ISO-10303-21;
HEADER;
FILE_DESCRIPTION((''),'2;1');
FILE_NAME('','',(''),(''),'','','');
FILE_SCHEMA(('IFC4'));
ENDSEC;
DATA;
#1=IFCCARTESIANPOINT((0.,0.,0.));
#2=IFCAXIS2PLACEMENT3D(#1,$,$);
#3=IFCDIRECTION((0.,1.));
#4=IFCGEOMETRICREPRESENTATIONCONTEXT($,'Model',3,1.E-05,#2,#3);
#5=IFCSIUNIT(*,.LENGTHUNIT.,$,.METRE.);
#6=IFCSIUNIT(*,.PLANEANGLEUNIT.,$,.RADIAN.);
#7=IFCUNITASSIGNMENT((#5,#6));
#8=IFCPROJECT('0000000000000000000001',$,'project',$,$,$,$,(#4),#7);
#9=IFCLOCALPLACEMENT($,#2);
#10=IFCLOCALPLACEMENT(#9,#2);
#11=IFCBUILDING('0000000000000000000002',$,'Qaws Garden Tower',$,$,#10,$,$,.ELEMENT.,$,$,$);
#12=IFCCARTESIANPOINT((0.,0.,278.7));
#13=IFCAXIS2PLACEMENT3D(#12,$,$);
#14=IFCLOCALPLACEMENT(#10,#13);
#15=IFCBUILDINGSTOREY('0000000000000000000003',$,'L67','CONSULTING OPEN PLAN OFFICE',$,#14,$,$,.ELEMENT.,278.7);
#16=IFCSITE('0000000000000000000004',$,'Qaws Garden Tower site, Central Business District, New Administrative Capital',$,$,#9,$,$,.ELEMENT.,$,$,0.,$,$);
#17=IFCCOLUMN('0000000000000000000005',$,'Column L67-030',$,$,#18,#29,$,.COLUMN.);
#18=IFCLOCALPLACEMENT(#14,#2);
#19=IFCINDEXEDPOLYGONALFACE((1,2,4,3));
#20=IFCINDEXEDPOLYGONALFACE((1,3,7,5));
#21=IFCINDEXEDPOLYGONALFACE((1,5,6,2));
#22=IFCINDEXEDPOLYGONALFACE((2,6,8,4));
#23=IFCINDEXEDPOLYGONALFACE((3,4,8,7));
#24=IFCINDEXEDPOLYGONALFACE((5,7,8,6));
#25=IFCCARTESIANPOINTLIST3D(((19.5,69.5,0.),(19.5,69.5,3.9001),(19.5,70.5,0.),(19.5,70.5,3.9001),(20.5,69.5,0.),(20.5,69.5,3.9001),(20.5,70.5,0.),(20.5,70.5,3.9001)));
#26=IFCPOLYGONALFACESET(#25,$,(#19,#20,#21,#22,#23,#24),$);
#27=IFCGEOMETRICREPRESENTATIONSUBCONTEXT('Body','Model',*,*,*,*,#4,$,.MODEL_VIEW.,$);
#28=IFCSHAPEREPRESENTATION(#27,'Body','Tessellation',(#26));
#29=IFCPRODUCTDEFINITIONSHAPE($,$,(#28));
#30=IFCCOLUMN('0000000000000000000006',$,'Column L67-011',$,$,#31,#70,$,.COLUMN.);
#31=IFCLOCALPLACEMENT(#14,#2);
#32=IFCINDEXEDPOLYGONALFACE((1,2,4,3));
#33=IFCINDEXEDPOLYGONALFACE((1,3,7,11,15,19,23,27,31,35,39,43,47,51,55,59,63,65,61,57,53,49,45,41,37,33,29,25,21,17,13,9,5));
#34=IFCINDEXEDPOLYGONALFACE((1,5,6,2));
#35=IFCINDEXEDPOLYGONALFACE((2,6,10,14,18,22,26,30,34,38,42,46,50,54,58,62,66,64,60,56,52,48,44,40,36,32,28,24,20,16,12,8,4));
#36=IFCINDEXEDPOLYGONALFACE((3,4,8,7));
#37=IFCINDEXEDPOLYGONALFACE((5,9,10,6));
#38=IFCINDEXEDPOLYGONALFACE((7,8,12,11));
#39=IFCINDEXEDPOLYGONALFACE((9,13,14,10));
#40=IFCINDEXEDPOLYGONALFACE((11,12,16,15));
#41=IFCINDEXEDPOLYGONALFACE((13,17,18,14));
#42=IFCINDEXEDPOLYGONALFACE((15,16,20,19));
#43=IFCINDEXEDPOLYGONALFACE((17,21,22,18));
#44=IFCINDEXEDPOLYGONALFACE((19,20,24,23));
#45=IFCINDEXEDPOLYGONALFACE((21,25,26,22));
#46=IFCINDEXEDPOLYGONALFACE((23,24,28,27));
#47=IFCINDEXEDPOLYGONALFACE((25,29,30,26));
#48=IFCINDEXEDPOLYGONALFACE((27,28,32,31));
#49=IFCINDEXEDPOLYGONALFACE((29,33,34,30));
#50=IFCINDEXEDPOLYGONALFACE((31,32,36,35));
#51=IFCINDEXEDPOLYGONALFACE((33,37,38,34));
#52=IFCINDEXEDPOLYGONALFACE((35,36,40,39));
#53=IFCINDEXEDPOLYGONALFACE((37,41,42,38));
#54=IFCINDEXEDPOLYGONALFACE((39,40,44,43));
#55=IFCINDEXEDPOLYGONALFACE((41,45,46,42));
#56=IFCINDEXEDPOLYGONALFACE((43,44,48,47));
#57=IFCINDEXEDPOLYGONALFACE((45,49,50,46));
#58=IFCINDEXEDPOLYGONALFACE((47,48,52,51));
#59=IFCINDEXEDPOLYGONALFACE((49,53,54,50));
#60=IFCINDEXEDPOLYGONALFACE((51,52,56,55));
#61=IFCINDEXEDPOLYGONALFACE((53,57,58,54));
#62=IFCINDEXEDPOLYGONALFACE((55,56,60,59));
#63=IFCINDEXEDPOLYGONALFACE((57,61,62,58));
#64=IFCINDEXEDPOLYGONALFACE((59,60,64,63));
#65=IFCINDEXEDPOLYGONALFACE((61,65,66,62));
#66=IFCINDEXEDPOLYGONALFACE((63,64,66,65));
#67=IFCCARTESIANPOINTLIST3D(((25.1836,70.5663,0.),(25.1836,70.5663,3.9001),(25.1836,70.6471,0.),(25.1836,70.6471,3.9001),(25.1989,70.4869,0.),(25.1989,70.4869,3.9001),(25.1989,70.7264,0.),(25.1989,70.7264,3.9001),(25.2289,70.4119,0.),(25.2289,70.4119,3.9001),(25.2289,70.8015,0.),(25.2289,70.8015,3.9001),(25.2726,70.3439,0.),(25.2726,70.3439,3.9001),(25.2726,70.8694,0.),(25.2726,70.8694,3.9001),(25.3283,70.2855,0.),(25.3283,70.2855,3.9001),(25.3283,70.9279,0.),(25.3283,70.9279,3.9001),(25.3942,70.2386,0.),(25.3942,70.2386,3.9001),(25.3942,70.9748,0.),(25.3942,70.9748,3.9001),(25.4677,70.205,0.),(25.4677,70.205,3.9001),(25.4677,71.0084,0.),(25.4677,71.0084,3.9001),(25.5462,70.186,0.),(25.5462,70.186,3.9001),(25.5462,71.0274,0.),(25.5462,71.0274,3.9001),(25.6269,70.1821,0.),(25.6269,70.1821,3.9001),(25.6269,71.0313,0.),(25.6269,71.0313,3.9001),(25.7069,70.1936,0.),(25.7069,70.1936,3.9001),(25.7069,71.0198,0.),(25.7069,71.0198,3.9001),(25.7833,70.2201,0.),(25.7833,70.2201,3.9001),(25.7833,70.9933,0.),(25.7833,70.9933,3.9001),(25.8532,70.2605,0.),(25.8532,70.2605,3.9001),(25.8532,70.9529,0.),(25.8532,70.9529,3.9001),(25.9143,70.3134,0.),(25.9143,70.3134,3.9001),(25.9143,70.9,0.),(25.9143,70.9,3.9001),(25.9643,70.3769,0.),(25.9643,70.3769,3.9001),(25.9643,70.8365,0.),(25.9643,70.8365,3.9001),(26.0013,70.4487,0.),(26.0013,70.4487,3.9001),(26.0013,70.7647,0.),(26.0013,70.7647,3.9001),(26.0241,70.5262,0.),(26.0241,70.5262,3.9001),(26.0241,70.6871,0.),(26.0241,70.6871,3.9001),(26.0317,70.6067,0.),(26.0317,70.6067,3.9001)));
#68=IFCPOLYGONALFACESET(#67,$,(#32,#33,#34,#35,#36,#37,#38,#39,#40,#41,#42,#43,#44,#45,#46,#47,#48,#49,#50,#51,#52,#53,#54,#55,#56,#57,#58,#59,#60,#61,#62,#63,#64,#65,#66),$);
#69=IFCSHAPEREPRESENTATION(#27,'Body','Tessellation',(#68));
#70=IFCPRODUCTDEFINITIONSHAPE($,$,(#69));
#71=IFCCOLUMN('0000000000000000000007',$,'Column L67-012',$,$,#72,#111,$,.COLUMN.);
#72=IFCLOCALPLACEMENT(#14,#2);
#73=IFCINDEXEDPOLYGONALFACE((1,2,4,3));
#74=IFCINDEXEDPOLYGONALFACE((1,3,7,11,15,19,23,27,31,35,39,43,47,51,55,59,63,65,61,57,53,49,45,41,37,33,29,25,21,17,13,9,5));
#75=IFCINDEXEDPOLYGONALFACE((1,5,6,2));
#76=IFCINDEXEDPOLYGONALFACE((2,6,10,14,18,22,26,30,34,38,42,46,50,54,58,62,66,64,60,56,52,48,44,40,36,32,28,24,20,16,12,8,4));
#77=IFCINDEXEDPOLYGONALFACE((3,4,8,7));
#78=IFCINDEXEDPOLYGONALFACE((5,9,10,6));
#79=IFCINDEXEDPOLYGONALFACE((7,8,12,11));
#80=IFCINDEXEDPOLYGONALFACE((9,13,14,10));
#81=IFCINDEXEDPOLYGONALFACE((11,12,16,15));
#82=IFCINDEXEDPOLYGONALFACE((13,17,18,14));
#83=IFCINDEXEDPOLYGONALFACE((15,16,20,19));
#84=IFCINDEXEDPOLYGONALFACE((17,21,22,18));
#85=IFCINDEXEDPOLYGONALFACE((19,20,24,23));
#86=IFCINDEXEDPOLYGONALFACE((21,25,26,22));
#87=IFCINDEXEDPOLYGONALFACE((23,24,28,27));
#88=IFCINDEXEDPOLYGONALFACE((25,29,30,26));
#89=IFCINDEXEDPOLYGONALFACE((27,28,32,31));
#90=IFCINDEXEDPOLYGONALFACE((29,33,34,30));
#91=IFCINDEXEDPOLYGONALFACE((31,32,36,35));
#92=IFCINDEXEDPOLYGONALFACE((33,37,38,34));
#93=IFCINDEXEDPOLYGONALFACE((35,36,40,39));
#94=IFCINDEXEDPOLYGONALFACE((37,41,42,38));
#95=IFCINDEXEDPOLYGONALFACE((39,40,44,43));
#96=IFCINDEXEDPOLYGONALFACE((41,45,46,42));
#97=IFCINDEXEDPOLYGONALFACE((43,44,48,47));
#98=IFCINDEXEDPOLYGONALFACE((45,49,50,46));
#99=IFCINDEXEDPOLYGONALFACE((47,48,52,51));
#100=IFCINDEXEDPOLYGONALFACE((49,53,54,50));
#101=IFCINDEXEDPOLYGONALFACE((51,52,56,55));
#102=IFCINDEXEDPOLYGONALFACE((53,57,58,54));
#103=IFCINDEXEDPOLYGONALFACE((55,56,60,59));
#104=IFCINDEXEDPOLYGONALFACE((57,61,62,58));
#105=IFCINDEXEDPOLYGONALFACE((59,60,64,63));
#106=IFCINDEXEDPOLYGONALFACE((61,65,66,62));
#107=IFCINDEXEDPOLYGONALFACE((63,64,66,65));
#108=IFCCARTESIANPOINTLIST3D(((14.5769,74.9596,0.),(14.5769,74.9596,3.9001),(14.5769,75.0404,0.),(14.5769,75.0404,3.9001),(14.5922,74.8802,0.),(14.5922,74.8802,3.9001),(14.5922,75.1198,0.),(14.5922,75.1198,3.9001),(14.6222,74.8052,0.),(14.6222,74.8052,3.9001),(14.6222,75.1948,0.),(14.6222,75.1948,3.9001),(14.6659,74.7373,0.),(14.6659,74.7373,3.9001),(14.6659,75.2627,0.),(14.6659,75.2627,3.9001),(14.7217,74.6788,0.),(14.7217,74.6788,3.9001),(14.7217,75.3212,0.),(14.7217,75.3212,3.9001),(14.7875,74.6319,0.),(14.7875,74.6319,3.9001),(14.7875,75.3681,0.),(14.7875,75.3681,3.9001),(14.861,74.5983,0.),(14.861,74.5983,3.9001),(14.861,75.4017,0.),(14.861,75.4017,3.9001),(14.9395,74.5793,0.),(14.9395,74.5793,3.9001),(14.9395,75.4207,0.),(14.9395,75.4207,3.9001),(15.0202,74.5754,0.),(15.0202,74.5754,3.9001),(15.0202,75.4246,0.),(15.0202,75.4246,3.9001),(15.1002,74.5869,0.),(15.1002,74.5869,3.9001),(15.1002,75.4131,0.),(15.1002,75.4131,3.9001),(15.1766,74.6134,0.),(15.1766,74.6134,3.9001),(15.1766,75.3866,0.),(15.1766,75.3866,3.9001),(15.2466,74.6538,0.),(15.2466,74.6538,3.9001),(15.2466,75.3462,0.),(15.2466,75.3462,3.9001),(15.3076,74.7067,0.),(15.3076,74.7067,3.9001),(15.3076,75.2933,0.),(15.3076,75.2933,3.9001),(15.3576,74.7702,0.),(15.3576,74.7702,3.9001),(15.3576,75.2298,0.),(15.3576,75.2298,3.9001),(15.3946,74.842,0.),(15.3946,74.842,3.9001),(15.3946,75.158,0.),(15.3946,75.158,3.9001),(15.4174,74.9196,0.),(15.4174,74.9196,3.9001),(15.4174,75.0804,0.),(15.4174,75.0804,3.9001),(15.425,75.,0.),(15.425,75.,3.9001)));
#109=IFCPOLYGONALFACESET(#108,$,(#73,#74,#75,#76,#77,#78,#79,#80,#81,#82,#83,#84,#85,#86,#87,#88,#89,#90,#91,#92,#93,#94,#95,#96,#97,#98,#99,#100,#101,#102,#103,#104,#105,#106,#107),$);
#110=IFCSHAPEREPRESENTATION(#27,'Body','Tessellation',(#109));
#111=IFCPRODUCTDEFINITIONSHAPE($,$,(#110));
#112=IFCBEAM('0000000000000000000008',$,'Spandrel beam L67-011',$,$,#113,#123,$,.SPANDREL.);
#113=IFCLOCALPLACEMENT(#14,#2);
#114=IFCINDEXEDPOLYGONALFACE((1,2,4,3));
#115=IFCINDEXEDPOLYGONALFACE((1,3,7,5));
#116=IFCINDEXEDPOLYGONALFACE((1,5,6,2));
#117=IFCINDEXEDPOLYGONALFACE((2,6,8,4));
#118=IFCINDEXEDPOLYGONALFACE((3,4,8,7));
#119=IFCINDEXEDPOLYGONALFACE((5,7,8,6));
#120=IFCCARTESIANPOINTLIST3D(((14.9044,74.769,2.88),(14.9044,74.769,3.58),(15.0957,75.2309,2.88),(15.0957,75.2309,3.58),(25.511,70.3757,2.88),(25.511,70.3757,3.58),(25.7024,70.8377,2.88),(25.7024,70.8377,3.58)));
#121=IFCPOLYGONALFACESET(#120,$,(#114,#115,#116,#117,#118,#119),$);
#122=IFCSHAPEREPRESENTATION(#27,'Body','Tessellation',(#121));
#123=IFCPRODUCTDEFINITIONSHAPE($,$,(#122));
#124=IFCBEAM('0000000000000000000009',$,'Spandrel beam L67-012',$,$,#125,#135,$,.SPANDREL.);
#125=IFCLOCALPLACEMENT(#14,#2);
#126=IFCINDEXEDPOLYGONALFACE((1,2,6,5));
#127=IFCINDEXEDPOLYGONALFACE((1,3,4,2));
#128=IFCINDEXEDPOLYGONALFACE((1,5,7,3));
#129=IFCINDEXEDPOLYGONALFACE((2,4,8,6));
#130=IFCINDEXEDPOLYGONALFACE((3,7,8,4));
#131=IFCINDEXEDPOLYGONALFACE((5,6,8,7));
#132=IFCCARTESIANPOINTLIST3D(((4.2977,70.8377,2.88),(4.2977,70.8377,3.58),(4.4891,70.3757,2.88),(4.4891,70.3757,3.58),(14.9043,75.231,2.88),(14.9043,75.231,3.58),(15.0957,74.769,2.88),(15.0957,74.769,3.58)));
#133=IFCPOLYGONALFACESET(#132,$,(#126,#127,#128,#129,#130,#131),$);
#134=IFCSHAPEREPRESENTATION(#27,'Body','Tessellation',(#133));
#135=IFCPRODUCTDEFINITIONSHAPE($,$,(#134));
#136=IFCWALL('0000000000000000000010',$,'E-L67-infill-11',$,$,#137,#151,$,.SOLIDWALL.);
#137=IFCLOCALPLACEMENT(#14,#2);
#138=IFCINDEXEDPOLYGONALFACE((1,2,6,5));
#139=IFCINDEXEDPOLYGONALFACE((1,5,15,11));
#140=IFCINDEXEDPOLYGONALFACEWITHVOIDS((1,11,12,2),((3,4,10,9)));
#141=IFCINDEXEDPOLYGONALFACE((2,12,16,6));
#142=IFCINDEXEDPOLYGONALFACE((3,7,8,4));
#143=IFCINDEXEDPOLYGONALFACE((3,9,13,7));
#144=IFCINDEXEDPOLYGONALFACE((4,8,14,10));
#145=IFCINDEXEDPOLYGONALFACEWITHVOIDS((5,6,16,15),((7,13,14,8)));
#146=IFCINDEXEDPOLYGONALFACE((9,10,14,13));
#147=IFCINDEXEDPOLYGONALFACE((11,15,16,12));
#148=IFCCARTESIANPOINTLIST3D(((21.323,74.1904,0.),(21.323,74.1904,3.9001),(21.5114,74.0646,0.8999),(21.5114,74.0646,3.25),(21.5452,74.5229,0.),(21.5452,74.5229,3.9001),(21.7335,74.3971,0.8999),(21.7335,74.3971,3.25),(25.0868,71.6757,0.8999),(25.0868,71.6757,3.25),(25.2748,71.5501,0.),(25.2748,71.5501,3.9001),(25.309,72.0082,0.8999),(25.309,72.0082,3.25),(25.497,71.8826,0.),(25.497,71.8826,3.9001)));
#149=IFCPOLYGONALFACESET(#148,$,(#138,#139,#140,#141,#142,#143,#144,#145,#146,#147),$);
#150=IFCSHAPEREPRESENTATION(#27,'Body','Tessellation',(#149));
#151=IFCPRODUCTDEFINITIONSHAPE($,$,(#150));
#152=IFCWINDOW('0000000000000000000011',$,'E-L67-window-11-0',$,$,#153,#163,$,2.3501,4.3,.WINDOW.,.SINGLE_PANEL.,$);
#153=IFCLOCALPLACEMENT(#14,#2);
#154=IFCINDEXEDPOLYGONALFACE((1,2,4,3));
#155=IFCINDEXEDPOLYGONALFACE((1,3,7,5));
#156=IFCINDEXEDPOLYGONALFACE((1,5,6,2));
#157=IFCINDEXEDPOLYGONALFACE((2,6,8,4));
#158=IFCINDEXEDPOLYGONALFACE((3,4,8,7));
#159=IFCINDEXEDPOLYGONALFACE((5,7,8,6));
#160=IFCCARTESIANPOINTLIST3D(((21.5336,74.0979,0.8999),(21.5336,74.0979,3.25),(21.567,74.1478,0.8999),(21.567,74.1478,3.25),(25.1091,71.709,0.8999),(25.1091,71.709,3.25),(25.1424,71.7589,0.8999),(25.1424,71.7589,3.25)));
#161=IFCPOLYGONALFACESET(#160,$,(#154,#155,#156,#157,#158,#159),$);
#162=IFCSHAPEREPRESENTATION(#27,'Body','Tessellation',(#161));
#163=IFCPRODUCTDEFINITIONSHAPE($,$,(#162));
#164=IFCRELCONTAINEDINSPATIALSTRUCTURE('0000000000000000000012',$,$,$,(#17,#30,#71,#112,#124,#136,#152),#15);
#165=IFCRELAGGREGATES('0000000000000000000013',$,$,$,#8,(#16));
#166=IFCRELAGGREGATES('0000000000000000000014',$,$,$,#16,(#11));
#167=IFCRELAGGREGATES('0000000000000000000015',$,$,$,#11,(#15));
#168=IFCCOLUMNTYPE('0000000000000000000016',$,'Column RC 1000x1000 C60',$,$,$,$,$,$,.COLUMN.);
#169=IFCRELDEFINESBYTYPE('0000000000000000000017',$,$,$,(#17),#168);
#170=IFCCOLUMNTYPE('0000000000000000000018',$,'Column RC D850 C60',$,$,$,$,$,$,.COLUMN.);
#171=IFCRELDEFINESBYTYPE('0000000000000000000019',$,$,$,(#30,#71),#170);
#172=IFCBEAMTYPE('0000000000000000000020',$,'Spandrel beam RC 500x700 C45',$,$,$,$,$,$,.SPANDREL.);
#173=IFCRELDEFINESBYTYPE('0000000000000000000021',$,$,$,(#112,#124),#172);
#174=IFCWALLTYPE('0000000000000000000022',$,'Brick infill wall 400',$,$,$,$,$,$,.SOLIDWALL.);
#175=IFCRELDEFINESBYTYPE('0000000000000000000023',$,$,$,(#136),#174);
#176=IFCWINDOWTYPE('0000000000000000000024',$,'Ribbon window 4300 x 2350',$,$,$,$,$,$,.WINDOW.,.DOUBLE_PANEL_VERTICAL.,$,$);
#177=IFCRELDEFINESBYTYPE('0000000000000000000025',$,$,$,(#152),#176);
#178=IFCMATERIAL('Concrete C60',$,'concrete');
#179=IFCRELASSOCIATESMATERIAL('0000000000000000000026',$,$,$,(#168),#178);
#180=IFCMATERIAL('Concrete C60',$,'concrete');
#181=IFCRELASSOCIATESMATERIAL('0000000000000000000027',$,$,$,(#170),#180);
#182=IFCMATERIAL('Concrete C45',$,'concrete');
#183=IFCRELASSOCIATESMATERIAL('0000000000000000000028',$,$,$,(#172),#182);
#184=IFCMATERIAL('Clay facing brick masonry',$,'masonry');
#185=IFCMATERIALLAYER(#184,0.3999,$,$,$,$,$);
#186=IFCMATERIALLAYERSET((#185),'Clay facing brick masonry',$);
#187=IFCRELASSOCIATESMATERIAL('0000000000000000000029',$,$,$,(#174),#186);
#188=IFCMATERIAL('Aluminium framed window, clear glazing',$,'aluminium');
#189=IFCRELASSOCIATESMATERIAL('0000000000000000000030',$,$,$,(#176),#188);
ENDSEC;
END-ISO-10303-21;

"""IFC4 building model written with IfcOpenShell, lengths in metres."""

from ifc_helpers import new_model, si_unit, direction, frame, frame_2d, origin, origin_2d, place, context, subcontext, project, spatial, rectangle, circle, extrude, material, layer, layer_set, material_profile, profile_set, type_object, element, fill, save


model = new_model("IFC4")

# Units and contexts
model_context = context("Model", 3, precision=1e-05, world=origin(), true_north=direction((0.0, 1.0)))
body_context = subcontext(model_context, "Body", "Model", "MODEL_VIEW")
ifc_project = project(units=[si_unit("LENGTHUNIT", "METRE"), si_unit("PLANEANGLEUNIT", "RADIAN")], contexts=[model_context])

# Site, building, storey
site_placement = place(None, origin())
site = spatial("IfcSite", under=ifc_project, at=site_placement, Name="Qaws Garden Tower site, Central Business District, New Administrative Capital", CompositionType="ELEMENT", RefElevation=0.0)
building_placement = place(site_placement, origin())
building = spatial("IfcBuilding", under=site, at=building_placement, Name="Qaws Garden Tower", CompositionType="ELEMENT")
storey_placement = place(building_placement, frame((0.0, 0.0, 278.7)))
storey = spatial("IfcBuildingStorey", under=building, at=storey_placement, Name="L67", Description="CONSULTING OPEN PLAN OFFICE", CompositionType="ELEMENT", Elevation=278.7)

# Columns
ifc_material_1 = material(Name="Concrete C60", Category="concrete")
ifc_material_profile_1 = material_profile(ifc_material_1, rectangle(XDim=1.0, YDim=1.0, at=origin_2d()), Name="RC 1000x1000")
ifc_profile_set_1 = profile_set([ifc_material_profile_1], Name="Concrete C60")
column_type_1 = type_object("IfcColumnType", Name="Column RC 1000x1000 C60", PredefinedType="COLUMN", material=ifc_profile_set_1)
column_placement = place(storey_placement, frame((20.0, 70.0, 0.0), z_axis=(0.0, 0.0, 1.0), x_axis=(1.0, 0.0, 0.0)))
element("IfcColumn", 1, at=column_placement, inside=storey, type_object=column_type_1, Name="Column L67-030", PredefinedType="COLUMN", context=body_context, shape_type="SweptSolid", body=[
    extrude(rectangle(XDim=1.0, YDim=1.0, at=origin_2d()), origin(), (0.0, 0.0, 1.0), 3.9001),
])
ifc_material_2 = material(Name="Concrete C60", Category="concrete")
ifc_material_profile_2 = material_profile(ifc_material_2, circle(Radius=0.425, at=origin_2d()), Name="RC D850")
ifc_profile_set_2 = profile_set([ifc_material_profile_2], Name="Concrete C60")
column_type_2 = type_object("IfcColumnType", Name="Column RC D850 C60", PredefinedType="COLUMN", material=ifc_profile_set_2)
for number, where, z_axis, x_axis, name in (
    (2, (25.6067, 70.6067, 0.0), (0.0, 0.0, 1.0), (1.0, 0.0, 0.0), "Column L67-011"),
    (3, (15.0, 75.0, 0.0), (0.0, 0.0, 1.0), (1.0, 0.0, 0.0), "Column L67-012"),
):
    element("IfcColumn", number, at=place(storey_placement, frame(where, z_axis=z_axis, x_axis=x_axis)), inside=storey, type_object=column_type_2, Name=name, PredefinedType="COLUMN", context=body_context, shape_type="SweptSolid", body=[
        extrude(circle(Radius=0.425, at=origin_2d()), origin(), (0.0, 0.0, 1.0), 3.9001),
    ])

# Beams
ifc_material_3 = material(Name="Concrete C45", Category="concrete")
ifc_material_profile_3 = material_profile(ifc_material_3, rectangle(XDim=0.5, YDim=0.7, at=origin_2d()), Name="RC 500x700")
ifc_profile_set_3 = profile_set([ifc_material_profile_3], Name="Concrete C45")
beam_type = type_object("IfcBeamType", Name="Spandrel beam RC 500x700 C45", PredefinedType="SPANDREL", material=ifc_profile_set_3)
for number, where, z_axis, x_axis, name in (
    (4, (25.6067, 70.6067, 3.23), (-0.923883, 0.382674, 0.0), (-0.382674, -0.923883, 0.0), "Spandrel beam L67-011"),
    (5, (15.0, 75.0, 3.23), (-0.923883, -0.382674, 0.0), (0.382674, -0.923883, 0.0), "Spandrel beam L67-012"),
):
    element("IfcBeam", number, at=place(storey_placement, frame(where, z_axis=z_axis, x_axis=x_axis)), inside=storey, type_object=beam_type, Name=name, PredefinedType="SPANDREL", context=body_context, shape_type="SweptSolid", body=[
        extrude(rectangle(XDim=0.5, YDim=0.7, at=origin_2d()), origin(), (0.0, 0.0, 1.0), 11.4805),
    ])

# Wall, opening, window
ifc_material_4 = material(Name="Clay facing brick masonry", Category="masonry")
ifc_layer_1 = layer(ifc_material_4, 0.3999)
ifc_layer_set_1 = layer_set([ifc_layer_1], Name="Clay facing brick masonry")
wall_type_1 = type_object("IfcWallType", Name="Brick infill wall 400", PredefinedType="SOLIDWALL", material=ifc_layer_set_1)
wall_1_placement = place(storey_placement, frame((25.386, 71.7163, 0.0), z_axis=(0.0, 0.0, 1.0), x_axis=(-0.831489, 0.555542, 0.0)))
wall_1 = element("IfcWall", 6, at=wall_1_placement, inside=storey, type_object=wall_type_1, Name="E-L67-infill-11", PredefinedType="SOLIDWALL", context=body_context, shape_type="SweptSolid", body=[
    extrude(rectangle(XDim=4.7527, YDim=0.3999, at=frame_2d((2.3765, 0.0))), origin(), (0.0, 0.0, 1.0), 3.9001),
])
opening_1_placement = place(wall_1_placement, frame((0.2263, 0.0, 0.8999)))
opening_1 = element("IfcOpeningElement", 7, at=opening_1_placement, cuts=wall_1, PredefinedType="OPENING", context=body_context, shape_type="SweptSolid", body=[
    extrude(rectangle(XDim=4.3, YDim=2.3501, at=frame_2d((2.1499, 1.175))), frame((0.0, 0.21, 0.0), z_axis=(0.0, -1.0, 0.0), x_axis=(1.0, 0.0, 0.0)), (0.0, 0.0, 1.0), 0.4199),
])
ifc_material_5 = material(Name="Aluminium framed window, clear glazing", Category="aluminium")
window_type = type_object("IfcWindowType", Name="Ribbon window 4300 x 2350", PartitioningType="DOUBLE_PANEL_VERTICAL", PredefinedType="WINDOW", material=ifc_material_5)
window_1_placement = place(opening_1_placement, origin())
window_1 = element("IfcWindow", 8, at=window_1_placement, inside=storey, type_object=window_type, Name="E-L67-window-11-0", OverallHeight=2.3501, OverallWidth=4.3, PartitioningType="SINGLE_PANEL", PredefinedType="WINDOW", context=body_context, shape_type="SweptSolid", body=[
    extrude(rectangle(XDim=4.3, YDim=2.3501, at=frame_2d((2.1499, 1.175))), frame((0.0, 0.1599, 0.0), z_axis=(0.0, -1.0, 0.0), x_axis=(1.0, 0.0, 0.0)), (0.0, 0.0, 1.0), 0.0601),
])
fill(opening_1, window_1)

save(model, "model.ifc")
